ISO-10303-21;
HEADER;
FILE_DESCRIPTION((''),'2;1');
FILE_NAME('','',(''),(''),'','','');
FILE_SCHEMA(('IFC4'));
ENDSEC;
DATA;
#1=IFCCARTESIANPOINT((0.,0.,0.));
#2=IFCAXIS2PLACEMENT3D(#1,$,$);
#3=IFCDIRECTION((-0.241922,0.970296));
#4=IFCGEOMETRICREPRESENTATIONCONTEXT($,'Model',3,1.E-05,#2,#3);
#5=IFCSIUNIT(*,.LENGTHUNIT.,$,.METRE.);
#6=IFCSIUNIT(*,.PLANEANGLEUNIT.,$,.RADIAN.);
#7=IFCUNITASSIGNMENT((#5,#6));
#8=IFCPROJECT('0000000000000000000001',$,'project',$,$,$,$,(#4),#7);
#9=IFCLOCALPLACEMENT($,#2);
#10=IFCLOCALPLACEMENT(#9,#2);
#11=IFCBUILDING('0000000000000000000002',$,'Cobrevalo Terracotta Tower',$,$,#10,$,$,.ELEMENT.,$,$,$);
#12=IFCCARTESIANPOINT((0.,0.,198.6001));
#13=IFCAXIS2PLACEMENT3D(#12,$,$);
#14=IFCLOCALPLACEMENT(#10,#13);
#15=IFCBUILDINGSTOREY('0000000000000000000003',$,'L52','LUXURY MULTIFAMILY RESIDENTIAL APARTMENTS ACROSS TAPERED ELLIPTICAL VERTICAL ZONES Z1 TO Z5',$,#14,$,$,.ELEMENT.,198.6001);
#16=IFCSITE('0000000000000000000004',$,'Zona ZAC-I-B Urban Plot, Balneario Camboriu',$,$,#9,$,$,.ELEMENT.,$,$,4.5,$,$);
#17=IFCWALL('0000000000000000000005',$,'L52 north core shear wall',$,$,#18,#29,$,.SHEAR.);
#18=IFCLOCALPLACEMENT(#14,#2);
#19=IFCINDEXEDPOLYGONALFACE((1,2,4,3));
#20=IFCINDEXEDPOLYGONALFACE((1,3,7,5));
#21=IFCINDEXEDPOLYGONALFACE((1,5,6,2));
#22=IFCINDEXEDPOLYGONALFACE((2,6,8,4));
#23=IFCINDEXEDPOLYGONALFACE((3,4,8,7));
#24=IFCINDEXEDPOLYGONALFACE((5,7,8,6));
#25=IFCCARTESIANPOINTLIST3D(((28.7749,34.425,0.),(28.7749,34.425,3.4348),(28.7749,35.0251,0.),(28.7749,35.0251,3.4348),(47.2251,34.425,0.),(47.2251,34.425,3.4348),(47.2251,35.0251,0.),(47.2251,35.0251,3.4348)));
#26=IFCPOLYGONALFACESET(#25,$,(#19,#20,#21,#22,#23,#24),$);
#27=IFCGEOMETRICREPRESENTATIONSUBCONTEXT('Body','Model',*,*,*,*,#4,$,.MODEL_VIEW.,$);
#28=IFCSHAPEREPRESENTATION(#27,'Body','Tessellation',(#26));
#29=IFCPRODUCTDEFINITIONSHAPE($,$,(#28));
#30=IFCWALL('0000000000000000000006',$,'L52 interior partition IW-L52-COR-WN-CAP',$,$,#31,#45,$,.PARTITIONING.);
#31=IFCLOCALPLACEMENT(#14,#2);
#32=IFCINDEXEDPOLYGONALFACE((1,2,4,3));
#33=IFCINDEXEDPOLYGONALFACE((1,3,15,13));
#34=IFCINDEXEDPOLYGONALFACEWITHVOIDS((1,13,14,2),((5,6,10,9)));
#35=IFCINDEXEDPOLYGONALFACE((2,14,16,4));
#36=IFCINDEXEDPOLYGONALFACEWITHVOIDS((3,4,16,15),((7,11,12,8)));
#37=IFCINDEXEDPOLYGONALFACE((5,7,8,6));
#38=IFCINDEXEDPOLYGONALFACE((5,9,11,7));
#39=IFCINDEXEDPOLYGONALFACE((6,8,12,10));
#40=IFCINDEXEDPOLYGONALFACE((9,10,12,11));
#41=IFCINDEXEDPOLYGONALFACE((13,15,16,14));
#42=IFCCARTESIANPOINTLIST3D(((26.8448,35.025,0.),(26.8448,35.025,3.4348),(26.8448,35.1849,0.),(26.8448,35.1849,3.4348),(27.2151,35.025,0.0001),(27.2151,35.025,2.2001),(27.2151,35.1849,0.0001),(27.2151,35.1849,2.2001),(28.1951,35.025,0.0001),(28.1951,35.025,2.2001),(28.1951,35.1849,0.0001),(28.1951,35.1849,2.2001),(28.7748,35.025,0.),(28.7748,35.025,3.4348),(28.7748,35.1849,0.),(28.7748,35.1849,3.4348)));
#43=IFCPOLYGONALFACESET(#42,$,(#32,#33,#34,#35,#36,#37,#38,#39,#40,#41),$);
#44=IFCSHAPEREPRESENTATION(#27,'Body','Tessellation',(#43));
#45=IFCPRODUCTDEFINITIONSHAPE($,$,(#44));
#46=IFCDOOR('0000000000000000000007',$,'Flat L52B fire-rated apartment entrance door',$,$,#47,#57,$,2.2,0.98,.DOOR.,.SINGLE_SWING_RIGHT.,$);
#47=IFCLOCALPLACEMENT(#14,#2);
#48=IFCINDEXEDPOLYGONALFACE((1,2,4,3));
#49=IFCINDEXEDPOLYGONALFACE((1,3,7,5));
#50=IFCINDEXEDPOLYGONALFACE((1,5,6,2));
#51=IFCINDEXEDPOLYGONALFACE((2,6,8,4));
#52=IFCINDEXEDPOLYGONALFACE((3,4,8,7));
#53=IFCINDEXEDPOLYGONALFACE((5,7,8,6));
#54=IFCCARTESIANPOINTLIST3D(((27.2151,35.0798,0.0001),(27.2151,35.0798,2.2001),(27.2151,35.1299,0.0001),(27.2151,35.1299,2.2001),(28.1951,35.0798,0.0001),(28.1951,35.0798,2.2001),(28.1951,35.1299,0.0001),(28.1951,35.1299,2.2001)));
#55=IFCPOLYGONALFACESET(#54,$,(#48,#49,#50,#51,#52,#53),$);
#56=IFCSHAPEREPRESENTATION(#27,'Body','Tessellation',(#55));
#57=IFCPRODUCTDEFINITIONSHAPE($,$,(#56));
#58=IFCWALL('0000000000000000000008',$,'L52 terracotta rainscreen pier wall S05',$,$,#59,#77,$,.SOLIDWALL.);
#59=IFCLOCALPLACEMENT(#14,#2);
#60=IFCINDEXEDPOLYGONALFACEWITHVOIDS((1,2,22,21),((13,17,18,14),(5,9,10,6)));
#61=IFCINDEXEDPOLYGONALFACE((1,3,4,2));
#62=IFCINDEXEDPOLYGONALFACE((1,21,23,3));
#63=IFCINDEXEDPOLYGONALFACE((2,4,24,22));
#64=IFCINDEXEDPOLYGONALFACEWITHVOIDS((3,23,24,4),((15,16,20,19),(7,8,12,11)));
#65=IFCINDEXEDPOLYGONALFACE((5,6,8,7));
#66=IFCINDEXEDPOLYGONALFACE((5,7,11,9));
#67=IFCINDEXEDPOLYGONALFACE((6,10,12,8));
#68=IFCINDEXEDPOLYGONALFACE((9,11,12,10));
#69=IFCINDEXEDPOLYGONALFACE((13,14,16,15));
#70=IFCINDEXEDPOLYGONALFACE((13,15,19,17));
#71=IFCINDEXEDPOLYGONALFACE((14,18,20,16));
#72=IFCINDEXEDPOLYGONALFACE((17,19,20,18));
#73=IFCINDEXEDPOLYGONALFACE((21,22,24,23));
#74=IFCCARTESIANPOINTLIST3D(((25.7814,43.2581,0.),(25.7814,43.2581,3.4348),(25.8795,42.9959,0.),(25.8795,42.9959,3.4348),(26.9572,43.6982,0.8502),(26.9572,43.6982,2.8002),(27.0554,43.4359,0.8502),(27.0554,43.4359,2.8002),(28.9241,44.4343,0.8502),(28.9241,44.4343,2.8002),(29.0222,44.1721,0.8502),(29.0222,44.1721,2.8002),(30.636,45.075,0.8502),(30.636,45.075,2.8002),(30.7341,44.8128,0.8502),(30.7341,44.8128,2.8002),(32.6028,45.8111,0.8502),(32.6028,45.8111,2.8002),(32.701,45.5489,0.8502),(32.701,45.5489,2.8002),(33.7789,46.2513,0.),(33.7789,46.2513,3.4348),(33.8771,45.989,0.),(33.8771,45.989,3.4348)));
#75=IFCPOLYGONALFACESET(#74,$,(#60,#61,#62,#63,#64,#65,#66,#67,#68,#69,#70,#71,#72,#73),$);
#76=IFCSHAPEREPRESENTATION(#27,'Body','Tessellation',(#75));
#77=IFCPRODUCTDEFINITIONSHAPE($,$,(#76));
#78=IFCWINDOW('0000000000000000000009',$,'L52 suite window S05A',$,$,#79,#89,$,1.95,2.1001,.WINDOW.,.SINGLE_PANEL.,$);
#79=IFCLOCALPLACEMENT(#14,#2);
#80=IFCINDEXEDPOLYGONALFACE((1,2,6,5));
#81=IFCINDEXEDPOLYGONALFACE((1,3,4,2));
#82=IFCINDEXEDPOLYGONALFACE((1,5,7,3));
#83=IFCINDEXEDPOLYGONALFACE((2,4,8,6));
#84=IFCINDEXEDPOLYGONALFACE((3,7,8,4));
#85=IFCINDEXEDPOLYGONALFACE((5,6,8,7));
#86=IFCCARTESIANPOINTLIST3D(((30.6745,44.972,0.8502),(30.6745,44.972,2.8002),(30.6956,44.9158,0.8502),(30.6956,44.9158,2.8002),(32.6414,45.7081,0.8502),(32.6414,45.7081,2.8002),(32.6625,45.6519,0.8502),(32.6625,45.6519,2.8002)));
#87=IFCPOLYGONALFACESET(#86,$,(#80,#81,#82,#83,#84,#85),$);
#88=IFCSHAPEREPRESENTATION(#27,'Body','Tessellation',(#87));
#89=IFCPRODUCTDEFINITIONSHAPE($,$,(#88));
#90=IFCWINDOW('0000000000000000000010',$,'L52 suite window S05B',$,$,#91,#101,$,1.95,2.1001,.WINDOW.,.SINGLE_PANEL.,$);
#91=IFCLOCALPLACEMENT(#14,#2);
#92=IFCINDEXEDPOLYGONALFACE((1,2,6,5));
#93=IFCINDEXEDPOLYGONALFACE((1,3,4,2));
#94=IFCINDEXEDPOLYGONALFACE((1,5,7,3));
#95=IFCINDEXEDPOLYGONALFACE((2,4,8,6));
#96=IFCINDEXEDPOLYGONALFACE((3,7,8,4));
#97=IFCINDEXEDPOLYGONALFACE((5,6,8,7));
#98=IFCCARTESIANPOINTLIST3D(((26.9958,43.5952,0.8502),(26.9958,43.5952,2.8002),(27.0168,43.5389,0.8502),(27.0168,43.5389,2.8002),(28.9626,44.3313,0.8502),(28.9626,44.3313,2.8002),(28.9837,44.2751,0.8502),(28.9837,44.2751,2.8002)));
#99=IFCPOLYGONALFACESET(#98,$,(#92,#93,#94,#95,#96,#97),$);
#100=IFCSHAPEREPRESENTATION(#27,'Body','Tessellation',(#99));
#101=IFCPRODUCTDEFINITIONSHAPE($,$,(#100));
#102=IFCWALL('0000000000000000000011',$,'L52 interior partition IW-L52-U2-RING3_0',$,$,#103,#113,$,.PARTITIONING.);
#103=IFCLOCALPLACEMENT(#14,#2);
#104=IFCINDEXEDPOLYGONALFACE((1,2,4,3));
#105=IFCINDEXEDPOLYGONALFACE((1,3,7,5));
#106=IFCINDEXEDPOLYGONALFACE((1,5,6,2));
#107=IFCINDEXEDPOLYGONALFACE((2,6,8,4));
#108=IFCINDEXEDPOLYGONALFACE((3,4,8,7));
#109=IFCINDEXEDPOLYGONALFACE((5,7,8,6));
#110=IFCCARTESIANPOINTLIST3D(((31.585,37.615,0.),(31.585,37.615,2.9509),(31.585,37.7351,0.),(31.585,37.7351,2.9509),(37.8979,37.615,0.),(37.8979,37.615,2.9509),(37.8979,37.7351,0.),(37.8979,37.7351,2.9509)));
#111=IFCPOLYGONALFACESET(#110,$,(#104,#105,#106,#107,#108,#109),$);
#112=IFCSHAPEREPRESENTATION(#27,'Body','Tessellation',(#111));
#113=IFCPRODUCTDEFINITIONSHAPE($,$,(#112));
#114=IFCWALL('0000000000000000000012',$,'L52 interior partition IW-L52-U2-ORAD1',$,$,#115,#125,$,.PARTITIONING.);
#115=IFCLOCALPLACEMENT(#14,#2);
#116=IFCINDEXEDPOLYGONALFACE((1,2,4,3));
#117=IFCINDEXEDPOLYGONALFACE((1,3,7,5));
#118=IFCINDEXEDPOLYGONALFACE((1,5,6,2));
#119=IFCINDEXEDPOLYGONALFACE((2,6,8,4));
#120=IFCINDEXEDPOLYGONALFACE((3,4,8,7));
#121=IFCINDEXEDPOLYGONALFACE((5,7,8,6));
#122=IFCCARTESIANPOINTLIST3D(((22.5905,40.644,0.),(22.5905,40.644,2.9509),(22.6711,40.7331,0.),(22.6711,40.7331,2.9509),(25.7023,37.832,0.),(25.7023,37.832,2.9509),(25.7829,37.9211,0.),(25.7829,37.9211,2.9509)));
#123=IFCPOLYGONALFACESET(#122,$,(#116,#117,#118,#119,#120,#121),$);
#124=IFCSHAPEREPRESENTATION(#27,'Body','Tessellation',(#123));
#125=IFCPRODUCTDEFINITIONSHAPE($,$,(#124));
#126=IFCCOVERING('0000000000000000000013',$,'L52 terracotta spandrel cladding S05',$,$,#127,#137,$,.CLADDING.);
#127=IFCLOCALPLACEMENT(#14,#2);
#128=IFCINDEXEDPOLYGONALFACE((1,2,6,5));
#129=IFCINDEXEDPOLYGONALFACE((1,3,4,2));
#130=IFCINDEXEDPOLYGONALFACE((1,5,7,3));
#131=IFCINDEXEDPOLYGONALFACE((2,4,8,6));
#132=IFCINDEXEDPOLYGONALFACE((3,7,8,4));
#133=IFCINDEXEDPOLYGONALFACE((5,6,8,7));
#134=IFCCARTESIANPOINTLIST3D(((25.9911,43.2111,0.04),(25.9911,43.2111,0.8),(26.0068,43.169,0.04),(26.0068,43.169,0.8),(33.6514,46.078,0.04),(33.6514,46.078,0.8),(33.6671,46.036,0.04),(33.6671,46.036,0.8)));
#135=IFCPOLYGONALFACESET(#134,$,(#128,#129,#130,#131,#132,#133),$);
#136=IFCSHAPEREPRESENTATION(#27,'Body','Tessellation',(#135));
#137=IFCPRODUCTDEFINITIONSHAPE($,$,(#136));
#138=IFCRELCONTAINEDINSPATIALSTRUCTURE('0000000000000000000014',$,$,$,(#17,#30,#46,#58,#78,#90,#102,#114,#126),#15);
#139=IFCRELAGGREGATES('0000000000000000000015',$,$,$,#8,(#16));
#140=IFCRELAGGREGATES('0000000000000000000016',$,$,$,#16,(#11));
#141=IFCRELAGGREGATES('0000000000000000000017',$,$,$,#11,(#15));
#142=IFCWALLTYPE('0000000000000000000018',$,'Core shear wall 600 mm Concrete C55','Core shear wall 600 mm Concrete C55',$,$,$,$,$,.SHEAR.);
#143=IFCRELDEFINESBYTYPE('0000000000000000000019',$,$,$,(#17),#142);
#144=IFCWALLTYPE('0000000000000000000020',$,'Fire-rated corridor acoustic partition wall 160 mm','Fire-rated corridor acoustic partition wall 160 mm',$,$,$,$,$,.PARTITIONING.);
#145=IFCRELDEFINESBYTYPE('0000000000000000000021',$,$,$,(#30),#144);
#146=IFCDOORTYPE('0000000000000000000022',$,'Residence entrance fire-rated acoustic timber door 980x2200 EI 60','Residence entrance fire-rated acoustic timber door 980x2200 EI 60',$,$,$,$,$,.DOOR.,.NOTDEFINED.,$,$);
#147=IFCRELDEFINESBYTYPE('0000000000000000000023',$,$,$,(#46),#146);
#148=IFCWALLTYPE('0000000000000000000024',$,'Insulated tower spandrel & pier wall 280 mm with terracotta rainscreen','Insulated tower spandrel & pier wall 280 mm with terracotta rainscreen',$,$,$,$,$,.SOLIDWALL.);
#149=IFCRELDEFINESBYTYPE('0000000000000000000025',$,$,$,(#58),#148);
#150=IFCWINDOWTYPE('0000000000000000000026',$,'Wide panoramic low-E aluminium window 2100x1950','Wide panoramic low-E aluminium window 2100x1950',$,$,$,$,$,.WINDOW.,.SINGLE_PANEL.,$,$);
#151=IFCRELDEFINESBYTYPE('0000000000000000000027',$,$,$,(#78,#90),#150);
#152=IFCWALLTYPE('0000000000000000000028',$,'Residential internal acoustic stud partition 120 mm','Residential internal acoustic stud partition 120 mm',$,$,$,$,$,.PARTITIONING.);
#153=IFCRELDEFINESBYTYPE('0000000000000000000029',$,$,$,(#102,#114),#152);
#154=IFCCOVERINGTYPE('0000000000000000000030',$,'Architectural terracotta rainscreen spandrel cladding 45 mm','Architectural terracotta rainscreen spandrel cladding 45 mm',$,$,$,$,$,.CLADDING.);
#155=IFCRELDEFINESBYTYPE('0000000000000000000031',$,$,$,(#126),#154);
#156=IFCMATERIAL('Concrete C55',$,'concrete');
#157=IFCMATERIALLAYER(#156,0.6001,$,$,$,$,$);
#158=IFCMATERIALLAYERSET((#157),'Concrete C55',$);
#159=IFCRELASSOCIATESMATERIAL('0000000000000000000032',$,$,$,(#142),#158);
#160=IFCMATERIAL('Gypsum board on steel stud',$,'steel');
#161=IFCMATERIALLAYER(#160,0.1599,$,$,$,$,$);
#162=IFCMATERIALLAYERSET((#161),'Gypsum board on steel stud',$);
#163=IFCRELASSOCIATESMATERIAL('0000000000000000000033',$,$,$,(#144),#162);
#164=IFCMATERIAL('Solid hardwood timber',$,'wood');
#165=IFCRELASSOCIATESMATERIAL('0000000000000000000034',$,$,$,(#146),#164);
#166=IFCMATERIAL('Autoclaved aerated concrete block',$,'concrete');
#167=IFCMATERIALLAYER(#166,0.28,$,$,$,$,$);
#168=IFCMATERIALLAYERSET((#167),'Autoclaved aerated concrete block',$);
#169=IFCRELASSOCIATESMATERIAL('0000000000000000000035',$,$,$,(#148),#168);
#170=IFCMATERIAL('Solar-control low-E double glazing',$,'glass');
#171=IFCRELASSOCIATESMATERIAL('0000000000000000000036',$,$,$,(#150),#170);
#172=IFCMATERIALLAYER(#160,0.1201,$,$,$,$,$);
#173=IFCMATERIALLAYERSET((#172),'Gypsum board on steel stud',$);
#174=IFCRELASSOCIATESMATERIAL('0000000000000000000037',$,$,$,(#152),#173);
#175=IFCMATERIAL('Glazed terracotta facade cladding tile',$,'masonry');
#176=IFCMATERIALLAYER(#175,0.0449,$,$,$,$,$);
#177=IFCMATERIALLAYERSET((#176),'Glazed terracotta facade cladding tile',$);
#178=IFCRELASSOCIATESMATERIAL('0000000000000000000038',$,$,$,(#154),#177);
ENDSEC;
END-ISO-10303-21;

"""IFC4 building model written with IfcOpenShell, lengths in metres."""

from ifc_helpers import new_model, si_unit, direction, frame, frame_2d, origin, origin_2d, place, context, subcontext, project, spatial, rectangle, extrude, source, transform, mapped, material, layer, layer_set, type_object, element, fill, save


model = new_model("IFC4")

# Units and contexts
model_context = context("Model", 3, precision=1e-05, world=origin(), true_north=direction((-0.241922, 0.970296)))
body_context = subcontext(model_context, "Body", "Model", "MODEL_VIEW")
ifc_project = project(units=[si_unit("LENGTHUNIT", "METRE"), si_unit("PLANEANGLEUNIT", "RADIAN")], contexts=[model_context])

# Site, building, storey
site_placement = place(None, origin())
site = spatial("IfcSite", under=ifc_project, at=site_placement, Name="Zona ZAC-I-B Urban Plot, Balneario Camboriu", CompositionType="ELEMENT", RefElevation=4.5)
building_placement = place(site_placement, origin())
building = spatial("IfcBuilding", under=site, at=building_placement, Name="Cobrevalo Terracotta Tower", CompositionType="ELEMENT")
storey_placement = place(building_placement, frame((0.0, 0.0, 198.6001)))
storey = spatial("IfcBuildingStorey", under=building, at=storey_placement, Name="L52", Description="LUXURY MULTIFAMILY RESIDENTIAL APARTMENTS ACROSS TAPERED ELLIPTICAL VERTICAL ZONES Z1 TO Z5", CompositionType="ELEMENT", Elevation=198.6001)

# Shared definitions
ifc_material_1 = material(Name="Concrete C55", Category="concrete")

# Wall
ifc_layer_1 = layer(ifc_material_1, 0.6001)
ifc_layer_set_1 = layer_set([ifc_layer_1], Name="Concrete C55")
wall_type_1 = type_object("IfcWallType", Name="Core shear wall 600 mm Concrete C55", Description="Core shear wall 600 mm Concrete C55", PredefinedType="SHEAR", material=ifc_layer_set_1)
wall_1_placement = place(storey_placement, frame((28.7749, 34.7251, 0.0), z_axis=(0.0, 0.0, 1.0), x_axis=(1.0, 0.0, 0.0)))
element("IfcWall", 1, at=wall_1_placement, inside=storey, type_object=wall_type_1, Name="L52 north core shear wall", PredefinedType="SHEAR", context=body_context, shape_type="SweptSolid", body=[
    extrude(rectangle(XDim=18.4502, YDim=0.6001, at=frame_2d((9.2251, 0.0))), origin(), (0.0, 0.0, 1.0), 3.4348),
])

# Wall, opening, door
ifc_material_2 = material(Name="Gypsum board on steel stud", Category="steel")
ifc_layer_2 = layer(ifc_material_2, 0.1599)
ifc_layer_set_2 = layer_set([ifc_layer_2], Name="Gypsum board on steel stud")
wall_type_2 = type_object("IfcWallType", Name="Fire-rated corridor acoustic partition wall 160 mm", Description="Fire-rated corridor acoustic partition wall 160 mm", PredefinedType="PARTITIONING", material=ifc_layer_set_2)
wall_2_placement = place(storey_placement, frame((26.845, 35.105, 0.0), z_axis=(0.0, 0.0, 1.0), x_axis=(1.0, 0.0, 0.0)))
wall_2 = element("IfcWall", 2, at=wall_2_placement, inside=storey, type_object=wall_type_2, Name="L52 interior partition IW-L52-COR-WN-CAP", PredefinedType="PARTITIONING", context=body_context, shape_type="SweptSolid", body=[
    extrude(rectangle(XDim=1.9299, YDim=0.1599, at=frame_2d((0.9648, 0.0))), origin(), (0.0, 0.0, 1.0), 3.4348),
])
opening_1_placement = place(wall_2_placement, frame((0.3701, 0.0, 0.0)))
opening_1 = element("IfcOpeningElement", 3, at=opening_1_placement, cuts=wall_2, PredefinedType="OPENING", context=body_context, shape_type="SweptSolid", body=[
    extrude(rectangle(XDim=0.98, YDim=2.2, at=frame_2d((0.49, 1.1001))), frame((0.0, 0.0898, 0.0), z_axis=(0.0, -1.0, 0.0), x_axis=(1.0, 0.0, 0.0)), (0.0, 0.0, 1.0), 0.1799),
])
ifc_material_3 = material(Name="Solid hardwood timber", Category="wood")
door_type_1 = type_object("IfcDoorType", Name="Residence entrance fire-rated acoustic timber door 980x2200 EI 60", Description="Residence entrance fire-rated acoustic timber door 980x2200 EI 60", OperationType="NOTDEFINED", PredefinedType="DOOR", material=ifc_material_3)
shared_shape_1 = source(origin(), body_context, "Body", "SweptSolid", [
    extrude(rectangle(XDim=0.98, YDim=2.2, at=frame_2d((0.49, 1.1001))), frame((0.0, 0.0249, 0.0), z_axis=(0.0, -1.0, 0.0), x_axis=(1.0, 0.0, 0.0)), (0.0, 0.0, 1.0), 0.05),
])
door_1_placement = place(opening_1_placement, origin())
door_1 = element("IfcDoor", 4, at=door_1_placement, inside=storey, type_object=door_type_1, Name="Flat L52B fire-rated apartment entrance door", OperationType="SINGLE_SWING_RIGHT", OverallHeight=2.2, OverallWidth=0.98, PredefinedType="DOOR", context=body_context, shape_type="MappedRepresentation", body=[
    mapped(shared_shape_1, transform((0.0, 0.0, 0.0), scale=1.0)),
])
fill(opening_1, door_1)

# Wall, openings, windows
ifc_material_4 = material(Name="Autoclaved aerated concrete block", Category="concrete")
ifc_layer_3 = layer(ifc_material_4, 0.28)
ifc_layer_set_3 = layer_set([ifc_layer_3], Name="Autoclaved aerated concrete block")
wall_type_3 = type_object("IfcWallType", Name="Insulated tower spandrel & pier wall 280 mm with terracotta rainscreen", Description="Insulated tower spandrel & pier wall 280 mm with terracotta rainscreen", PredefinedType="SOLIDWALL", material=ifc_layer_set_3)
wall_3_placement = place(storey_placement, frame((33.8279, 46.1201, 0.0), z_axis=(0.0, 0.0, 1.0), x_axis=(-0.936557, -0.350516, 0.0)))
wall_3 = element("IfcWall", 5, at=wall_3_placement, inside=storey, type_object=wall_type_3, Name="L52 terracotta rainscreen pier wall S05", PredefinedType="SOLIDWALL", context=body_context, shape_type="SweptSolid", body=[
    extrude(rectangle(XDim=8.5393, YDim=0.28, at=frame_2d((4.2695, 0.0))), origin(), (0.0, 0.0, 1.0), 3.4348),
])
opening_2_placement = place(wall_3_placement, frame((1.2556, 0.0, 0.8501)))
opening_2 = element("IfcOpeningElement", 6, at=opening_2_placement, cuts=wall_3, PredefinedType="OPENING", context=body_context, shape_type="SweptSolid", body=[
    extrude(rectangle(XDim=2.1001, YDim=1.95, at=frame_2d((1.05, 0.9751))), frame((0.0, 0.1499, 0.0), z_axis=(0.0, -1.0, 0.0), x_axis=(1.0, 0.0, 0.0)), (0.0, 0.0, 1.0), 0.3),
])
opening_3_placement = place(wall_3_placement, frame((5.1836, 0.0, 0.8501)))
opening_3 = element("IfcOpeningElement", 7, at=opening_3_placement, cuts=wall_3, PredefinedType="OPENING", context=body_context, shape_type="SweptSolid", body=[
    extrude(rectangle(XDim=2.1001, YDim=1.95, at=frame_2d((1.05, 0.9751))), frame((0.0, 0.1499, 0.0), z_axis=(0.0, -1.0, 0.0), x_axis=(1.0, 0.0, 0.0)), (0.0, 0.0, 1.0), 0.3),
])
ifc_material_5 = material(Name="Solar-control low-E double glazing", Category="glass")
window_type = type_object("IfcWindowType", Name="Wide panoramic low-E aluminium window 2100x1950", Description="Wide panoramic low-E aluminium window 2100x1950", PartitioningType="SINGLE_PANEL", PredefinedType="WINDOW", material=ifc_material_5)
shared_shape_2 = source(origin(), body_context, "Body", "SweptSolid", [
    extrude(rectangle(XDim=2.1001, YDim=1.95, at=frame_2d((1.05, 0.9751))), frame((0.0, 0.03, 0.0), z_axis=(0.0, -1.0, 0.0), x_axis=(1.0, 0.0, 0.0)), (0.0, 0.0, 1.0), 0.0601),
])
window_1_placement = place(opening_2_placement, origin())
window_1 = element("IfcWindow", 8, at=window_1_placement, inside=storey, type_object=window_type, Name="L52 suite window S05A", OverallHeight=1.95, OverallWidth=2.1001, PartitioningType="SINGLE_PANEL", PredefinedType="WINDOW", context=body_context, shape_type="MappedRepresentation", body=[
    mapped(shared_shape_2, transform((0.0, 0.0, 0.0), scale=1.0)),
])
fill(opening_2, window_1)
window_2_placement = place(opening_3_placement, origin())
window_2 = element("IfcWindow", 9, at=window_2_placement, inside=storey, type_object=window_type, Name="L52 suite window S05B", OverallHeight=1.95, OverallWidth=2.1001, PartitioningType="SINGLE_PANEL", PredefinedType="WINDOW", context=body_context, shape_type="MappedRepresentation", body=[
    mapped(shared_shape_2, transform((0.0, 0.0, 0.0), scale=1.0)),
])
fill(opening_3, window_2)

# Walls
ifc_layer_4 = layer(ifc_material_2, 0.1201)
ifc_layer_set_4 = layer_set([ifc_layer_4], Name="Gypsum board on steel stud")
wall_type_4 = type_object("IfcWallType", Name="Residential internal acoustic stud partition 120 mm", Description="Residential internal acoustic stud partition 120 mm", PredefinedType="PARTITIONING", material=ifc_layer_set_4)
wall_4_placement = place(storey_placement, frame((31.585, 37.675, 0.0), z_axis=(0.0, 0.0, 1.0), x_axis=(1.0, 0.0, 0.0)))
element("IfcWall", 10, at=wall_4_placement, inside=storey, type_object=wall_type_4, Name="L52 interior partition IW-L52-U2-RING3_0", PredefinedType="PARTITIONING", context=body_context, shape_type="SweptSolid", body=[
    extrude(rectangle(XDim=6.313, YDim=0.1201, at=frame_2d((3.1565, 0.0))), origin(), (0.0, 0.0, 1.0), 2.9509),
])
wall_5_placement = place(storey_placement, frame((25.7427, 37.8765, 0.0), z_axis=(0.0, 0.0, 1.0), x_axis=(-0.741944, 0.670462, 0.0)))
element("IfcWall", 11, at=wall_5_placement, inside=storey, type_object=wall_type_4, Name="L52 interior partition IW-L52-U2-ORAD1", PredefinedType="PARTITIONING", context=body_context, shape_type="SweptSolid", body=[
    extrude(rectangle(XDim=4.1941, YDim=0.1201, at=frame_2d((2.0972, 0.0))), origin(), (0.0, 0.0, 1.0), 2.9509),
])

# Covering
ifc_material_6 = material(Name="Glazed terracotta facade cladding tile", Category="masonry")
ifc_layer_5 = layer(ifc_material_6, 0.0449)
ifc_layer_set_5 = layer_set([ifc_layer_5], Name="Glazed terracotta facade cladding tile")
covering_type = type_object("IfcCoveringType", Name="Architectural terracotta rainscreen spandrel cladding 45 mm", Description="Architectural terracotta rainscreen spandrel cladding 45 mm", PredefinedType="CLADDING", material=ifc_layer_set_5)
shared_shape_3 = source(origin(), body_context, "Body", "SweptSolid", [
    extrude(rectangle(XDim=8.1792, YDim=0.0449, at=origin_2d()), origin(), (0.0, 0.0, 1.0), 0.76),
])
covering_placement = place(storey_placement, frame((29.8291, 44.6235, 0.04), z_axis=(0.0, 0.0, 1.0), x_axis=(-0.936558, -0.350513, 0.0)))
element("IfcCovering", 12, at=covering_placement, inside=storey, type_object=covering_type, Name="L52 terracotta spandrel cladding S05", PredefinedType="CLADDING", context=body_context, shape_type="MappedRepresentation", body=[
    mapped(shared_shape_3, transform((0.0, 0.0, 0.0), scale=1.0)),
])

save(model, "model.ifc")
